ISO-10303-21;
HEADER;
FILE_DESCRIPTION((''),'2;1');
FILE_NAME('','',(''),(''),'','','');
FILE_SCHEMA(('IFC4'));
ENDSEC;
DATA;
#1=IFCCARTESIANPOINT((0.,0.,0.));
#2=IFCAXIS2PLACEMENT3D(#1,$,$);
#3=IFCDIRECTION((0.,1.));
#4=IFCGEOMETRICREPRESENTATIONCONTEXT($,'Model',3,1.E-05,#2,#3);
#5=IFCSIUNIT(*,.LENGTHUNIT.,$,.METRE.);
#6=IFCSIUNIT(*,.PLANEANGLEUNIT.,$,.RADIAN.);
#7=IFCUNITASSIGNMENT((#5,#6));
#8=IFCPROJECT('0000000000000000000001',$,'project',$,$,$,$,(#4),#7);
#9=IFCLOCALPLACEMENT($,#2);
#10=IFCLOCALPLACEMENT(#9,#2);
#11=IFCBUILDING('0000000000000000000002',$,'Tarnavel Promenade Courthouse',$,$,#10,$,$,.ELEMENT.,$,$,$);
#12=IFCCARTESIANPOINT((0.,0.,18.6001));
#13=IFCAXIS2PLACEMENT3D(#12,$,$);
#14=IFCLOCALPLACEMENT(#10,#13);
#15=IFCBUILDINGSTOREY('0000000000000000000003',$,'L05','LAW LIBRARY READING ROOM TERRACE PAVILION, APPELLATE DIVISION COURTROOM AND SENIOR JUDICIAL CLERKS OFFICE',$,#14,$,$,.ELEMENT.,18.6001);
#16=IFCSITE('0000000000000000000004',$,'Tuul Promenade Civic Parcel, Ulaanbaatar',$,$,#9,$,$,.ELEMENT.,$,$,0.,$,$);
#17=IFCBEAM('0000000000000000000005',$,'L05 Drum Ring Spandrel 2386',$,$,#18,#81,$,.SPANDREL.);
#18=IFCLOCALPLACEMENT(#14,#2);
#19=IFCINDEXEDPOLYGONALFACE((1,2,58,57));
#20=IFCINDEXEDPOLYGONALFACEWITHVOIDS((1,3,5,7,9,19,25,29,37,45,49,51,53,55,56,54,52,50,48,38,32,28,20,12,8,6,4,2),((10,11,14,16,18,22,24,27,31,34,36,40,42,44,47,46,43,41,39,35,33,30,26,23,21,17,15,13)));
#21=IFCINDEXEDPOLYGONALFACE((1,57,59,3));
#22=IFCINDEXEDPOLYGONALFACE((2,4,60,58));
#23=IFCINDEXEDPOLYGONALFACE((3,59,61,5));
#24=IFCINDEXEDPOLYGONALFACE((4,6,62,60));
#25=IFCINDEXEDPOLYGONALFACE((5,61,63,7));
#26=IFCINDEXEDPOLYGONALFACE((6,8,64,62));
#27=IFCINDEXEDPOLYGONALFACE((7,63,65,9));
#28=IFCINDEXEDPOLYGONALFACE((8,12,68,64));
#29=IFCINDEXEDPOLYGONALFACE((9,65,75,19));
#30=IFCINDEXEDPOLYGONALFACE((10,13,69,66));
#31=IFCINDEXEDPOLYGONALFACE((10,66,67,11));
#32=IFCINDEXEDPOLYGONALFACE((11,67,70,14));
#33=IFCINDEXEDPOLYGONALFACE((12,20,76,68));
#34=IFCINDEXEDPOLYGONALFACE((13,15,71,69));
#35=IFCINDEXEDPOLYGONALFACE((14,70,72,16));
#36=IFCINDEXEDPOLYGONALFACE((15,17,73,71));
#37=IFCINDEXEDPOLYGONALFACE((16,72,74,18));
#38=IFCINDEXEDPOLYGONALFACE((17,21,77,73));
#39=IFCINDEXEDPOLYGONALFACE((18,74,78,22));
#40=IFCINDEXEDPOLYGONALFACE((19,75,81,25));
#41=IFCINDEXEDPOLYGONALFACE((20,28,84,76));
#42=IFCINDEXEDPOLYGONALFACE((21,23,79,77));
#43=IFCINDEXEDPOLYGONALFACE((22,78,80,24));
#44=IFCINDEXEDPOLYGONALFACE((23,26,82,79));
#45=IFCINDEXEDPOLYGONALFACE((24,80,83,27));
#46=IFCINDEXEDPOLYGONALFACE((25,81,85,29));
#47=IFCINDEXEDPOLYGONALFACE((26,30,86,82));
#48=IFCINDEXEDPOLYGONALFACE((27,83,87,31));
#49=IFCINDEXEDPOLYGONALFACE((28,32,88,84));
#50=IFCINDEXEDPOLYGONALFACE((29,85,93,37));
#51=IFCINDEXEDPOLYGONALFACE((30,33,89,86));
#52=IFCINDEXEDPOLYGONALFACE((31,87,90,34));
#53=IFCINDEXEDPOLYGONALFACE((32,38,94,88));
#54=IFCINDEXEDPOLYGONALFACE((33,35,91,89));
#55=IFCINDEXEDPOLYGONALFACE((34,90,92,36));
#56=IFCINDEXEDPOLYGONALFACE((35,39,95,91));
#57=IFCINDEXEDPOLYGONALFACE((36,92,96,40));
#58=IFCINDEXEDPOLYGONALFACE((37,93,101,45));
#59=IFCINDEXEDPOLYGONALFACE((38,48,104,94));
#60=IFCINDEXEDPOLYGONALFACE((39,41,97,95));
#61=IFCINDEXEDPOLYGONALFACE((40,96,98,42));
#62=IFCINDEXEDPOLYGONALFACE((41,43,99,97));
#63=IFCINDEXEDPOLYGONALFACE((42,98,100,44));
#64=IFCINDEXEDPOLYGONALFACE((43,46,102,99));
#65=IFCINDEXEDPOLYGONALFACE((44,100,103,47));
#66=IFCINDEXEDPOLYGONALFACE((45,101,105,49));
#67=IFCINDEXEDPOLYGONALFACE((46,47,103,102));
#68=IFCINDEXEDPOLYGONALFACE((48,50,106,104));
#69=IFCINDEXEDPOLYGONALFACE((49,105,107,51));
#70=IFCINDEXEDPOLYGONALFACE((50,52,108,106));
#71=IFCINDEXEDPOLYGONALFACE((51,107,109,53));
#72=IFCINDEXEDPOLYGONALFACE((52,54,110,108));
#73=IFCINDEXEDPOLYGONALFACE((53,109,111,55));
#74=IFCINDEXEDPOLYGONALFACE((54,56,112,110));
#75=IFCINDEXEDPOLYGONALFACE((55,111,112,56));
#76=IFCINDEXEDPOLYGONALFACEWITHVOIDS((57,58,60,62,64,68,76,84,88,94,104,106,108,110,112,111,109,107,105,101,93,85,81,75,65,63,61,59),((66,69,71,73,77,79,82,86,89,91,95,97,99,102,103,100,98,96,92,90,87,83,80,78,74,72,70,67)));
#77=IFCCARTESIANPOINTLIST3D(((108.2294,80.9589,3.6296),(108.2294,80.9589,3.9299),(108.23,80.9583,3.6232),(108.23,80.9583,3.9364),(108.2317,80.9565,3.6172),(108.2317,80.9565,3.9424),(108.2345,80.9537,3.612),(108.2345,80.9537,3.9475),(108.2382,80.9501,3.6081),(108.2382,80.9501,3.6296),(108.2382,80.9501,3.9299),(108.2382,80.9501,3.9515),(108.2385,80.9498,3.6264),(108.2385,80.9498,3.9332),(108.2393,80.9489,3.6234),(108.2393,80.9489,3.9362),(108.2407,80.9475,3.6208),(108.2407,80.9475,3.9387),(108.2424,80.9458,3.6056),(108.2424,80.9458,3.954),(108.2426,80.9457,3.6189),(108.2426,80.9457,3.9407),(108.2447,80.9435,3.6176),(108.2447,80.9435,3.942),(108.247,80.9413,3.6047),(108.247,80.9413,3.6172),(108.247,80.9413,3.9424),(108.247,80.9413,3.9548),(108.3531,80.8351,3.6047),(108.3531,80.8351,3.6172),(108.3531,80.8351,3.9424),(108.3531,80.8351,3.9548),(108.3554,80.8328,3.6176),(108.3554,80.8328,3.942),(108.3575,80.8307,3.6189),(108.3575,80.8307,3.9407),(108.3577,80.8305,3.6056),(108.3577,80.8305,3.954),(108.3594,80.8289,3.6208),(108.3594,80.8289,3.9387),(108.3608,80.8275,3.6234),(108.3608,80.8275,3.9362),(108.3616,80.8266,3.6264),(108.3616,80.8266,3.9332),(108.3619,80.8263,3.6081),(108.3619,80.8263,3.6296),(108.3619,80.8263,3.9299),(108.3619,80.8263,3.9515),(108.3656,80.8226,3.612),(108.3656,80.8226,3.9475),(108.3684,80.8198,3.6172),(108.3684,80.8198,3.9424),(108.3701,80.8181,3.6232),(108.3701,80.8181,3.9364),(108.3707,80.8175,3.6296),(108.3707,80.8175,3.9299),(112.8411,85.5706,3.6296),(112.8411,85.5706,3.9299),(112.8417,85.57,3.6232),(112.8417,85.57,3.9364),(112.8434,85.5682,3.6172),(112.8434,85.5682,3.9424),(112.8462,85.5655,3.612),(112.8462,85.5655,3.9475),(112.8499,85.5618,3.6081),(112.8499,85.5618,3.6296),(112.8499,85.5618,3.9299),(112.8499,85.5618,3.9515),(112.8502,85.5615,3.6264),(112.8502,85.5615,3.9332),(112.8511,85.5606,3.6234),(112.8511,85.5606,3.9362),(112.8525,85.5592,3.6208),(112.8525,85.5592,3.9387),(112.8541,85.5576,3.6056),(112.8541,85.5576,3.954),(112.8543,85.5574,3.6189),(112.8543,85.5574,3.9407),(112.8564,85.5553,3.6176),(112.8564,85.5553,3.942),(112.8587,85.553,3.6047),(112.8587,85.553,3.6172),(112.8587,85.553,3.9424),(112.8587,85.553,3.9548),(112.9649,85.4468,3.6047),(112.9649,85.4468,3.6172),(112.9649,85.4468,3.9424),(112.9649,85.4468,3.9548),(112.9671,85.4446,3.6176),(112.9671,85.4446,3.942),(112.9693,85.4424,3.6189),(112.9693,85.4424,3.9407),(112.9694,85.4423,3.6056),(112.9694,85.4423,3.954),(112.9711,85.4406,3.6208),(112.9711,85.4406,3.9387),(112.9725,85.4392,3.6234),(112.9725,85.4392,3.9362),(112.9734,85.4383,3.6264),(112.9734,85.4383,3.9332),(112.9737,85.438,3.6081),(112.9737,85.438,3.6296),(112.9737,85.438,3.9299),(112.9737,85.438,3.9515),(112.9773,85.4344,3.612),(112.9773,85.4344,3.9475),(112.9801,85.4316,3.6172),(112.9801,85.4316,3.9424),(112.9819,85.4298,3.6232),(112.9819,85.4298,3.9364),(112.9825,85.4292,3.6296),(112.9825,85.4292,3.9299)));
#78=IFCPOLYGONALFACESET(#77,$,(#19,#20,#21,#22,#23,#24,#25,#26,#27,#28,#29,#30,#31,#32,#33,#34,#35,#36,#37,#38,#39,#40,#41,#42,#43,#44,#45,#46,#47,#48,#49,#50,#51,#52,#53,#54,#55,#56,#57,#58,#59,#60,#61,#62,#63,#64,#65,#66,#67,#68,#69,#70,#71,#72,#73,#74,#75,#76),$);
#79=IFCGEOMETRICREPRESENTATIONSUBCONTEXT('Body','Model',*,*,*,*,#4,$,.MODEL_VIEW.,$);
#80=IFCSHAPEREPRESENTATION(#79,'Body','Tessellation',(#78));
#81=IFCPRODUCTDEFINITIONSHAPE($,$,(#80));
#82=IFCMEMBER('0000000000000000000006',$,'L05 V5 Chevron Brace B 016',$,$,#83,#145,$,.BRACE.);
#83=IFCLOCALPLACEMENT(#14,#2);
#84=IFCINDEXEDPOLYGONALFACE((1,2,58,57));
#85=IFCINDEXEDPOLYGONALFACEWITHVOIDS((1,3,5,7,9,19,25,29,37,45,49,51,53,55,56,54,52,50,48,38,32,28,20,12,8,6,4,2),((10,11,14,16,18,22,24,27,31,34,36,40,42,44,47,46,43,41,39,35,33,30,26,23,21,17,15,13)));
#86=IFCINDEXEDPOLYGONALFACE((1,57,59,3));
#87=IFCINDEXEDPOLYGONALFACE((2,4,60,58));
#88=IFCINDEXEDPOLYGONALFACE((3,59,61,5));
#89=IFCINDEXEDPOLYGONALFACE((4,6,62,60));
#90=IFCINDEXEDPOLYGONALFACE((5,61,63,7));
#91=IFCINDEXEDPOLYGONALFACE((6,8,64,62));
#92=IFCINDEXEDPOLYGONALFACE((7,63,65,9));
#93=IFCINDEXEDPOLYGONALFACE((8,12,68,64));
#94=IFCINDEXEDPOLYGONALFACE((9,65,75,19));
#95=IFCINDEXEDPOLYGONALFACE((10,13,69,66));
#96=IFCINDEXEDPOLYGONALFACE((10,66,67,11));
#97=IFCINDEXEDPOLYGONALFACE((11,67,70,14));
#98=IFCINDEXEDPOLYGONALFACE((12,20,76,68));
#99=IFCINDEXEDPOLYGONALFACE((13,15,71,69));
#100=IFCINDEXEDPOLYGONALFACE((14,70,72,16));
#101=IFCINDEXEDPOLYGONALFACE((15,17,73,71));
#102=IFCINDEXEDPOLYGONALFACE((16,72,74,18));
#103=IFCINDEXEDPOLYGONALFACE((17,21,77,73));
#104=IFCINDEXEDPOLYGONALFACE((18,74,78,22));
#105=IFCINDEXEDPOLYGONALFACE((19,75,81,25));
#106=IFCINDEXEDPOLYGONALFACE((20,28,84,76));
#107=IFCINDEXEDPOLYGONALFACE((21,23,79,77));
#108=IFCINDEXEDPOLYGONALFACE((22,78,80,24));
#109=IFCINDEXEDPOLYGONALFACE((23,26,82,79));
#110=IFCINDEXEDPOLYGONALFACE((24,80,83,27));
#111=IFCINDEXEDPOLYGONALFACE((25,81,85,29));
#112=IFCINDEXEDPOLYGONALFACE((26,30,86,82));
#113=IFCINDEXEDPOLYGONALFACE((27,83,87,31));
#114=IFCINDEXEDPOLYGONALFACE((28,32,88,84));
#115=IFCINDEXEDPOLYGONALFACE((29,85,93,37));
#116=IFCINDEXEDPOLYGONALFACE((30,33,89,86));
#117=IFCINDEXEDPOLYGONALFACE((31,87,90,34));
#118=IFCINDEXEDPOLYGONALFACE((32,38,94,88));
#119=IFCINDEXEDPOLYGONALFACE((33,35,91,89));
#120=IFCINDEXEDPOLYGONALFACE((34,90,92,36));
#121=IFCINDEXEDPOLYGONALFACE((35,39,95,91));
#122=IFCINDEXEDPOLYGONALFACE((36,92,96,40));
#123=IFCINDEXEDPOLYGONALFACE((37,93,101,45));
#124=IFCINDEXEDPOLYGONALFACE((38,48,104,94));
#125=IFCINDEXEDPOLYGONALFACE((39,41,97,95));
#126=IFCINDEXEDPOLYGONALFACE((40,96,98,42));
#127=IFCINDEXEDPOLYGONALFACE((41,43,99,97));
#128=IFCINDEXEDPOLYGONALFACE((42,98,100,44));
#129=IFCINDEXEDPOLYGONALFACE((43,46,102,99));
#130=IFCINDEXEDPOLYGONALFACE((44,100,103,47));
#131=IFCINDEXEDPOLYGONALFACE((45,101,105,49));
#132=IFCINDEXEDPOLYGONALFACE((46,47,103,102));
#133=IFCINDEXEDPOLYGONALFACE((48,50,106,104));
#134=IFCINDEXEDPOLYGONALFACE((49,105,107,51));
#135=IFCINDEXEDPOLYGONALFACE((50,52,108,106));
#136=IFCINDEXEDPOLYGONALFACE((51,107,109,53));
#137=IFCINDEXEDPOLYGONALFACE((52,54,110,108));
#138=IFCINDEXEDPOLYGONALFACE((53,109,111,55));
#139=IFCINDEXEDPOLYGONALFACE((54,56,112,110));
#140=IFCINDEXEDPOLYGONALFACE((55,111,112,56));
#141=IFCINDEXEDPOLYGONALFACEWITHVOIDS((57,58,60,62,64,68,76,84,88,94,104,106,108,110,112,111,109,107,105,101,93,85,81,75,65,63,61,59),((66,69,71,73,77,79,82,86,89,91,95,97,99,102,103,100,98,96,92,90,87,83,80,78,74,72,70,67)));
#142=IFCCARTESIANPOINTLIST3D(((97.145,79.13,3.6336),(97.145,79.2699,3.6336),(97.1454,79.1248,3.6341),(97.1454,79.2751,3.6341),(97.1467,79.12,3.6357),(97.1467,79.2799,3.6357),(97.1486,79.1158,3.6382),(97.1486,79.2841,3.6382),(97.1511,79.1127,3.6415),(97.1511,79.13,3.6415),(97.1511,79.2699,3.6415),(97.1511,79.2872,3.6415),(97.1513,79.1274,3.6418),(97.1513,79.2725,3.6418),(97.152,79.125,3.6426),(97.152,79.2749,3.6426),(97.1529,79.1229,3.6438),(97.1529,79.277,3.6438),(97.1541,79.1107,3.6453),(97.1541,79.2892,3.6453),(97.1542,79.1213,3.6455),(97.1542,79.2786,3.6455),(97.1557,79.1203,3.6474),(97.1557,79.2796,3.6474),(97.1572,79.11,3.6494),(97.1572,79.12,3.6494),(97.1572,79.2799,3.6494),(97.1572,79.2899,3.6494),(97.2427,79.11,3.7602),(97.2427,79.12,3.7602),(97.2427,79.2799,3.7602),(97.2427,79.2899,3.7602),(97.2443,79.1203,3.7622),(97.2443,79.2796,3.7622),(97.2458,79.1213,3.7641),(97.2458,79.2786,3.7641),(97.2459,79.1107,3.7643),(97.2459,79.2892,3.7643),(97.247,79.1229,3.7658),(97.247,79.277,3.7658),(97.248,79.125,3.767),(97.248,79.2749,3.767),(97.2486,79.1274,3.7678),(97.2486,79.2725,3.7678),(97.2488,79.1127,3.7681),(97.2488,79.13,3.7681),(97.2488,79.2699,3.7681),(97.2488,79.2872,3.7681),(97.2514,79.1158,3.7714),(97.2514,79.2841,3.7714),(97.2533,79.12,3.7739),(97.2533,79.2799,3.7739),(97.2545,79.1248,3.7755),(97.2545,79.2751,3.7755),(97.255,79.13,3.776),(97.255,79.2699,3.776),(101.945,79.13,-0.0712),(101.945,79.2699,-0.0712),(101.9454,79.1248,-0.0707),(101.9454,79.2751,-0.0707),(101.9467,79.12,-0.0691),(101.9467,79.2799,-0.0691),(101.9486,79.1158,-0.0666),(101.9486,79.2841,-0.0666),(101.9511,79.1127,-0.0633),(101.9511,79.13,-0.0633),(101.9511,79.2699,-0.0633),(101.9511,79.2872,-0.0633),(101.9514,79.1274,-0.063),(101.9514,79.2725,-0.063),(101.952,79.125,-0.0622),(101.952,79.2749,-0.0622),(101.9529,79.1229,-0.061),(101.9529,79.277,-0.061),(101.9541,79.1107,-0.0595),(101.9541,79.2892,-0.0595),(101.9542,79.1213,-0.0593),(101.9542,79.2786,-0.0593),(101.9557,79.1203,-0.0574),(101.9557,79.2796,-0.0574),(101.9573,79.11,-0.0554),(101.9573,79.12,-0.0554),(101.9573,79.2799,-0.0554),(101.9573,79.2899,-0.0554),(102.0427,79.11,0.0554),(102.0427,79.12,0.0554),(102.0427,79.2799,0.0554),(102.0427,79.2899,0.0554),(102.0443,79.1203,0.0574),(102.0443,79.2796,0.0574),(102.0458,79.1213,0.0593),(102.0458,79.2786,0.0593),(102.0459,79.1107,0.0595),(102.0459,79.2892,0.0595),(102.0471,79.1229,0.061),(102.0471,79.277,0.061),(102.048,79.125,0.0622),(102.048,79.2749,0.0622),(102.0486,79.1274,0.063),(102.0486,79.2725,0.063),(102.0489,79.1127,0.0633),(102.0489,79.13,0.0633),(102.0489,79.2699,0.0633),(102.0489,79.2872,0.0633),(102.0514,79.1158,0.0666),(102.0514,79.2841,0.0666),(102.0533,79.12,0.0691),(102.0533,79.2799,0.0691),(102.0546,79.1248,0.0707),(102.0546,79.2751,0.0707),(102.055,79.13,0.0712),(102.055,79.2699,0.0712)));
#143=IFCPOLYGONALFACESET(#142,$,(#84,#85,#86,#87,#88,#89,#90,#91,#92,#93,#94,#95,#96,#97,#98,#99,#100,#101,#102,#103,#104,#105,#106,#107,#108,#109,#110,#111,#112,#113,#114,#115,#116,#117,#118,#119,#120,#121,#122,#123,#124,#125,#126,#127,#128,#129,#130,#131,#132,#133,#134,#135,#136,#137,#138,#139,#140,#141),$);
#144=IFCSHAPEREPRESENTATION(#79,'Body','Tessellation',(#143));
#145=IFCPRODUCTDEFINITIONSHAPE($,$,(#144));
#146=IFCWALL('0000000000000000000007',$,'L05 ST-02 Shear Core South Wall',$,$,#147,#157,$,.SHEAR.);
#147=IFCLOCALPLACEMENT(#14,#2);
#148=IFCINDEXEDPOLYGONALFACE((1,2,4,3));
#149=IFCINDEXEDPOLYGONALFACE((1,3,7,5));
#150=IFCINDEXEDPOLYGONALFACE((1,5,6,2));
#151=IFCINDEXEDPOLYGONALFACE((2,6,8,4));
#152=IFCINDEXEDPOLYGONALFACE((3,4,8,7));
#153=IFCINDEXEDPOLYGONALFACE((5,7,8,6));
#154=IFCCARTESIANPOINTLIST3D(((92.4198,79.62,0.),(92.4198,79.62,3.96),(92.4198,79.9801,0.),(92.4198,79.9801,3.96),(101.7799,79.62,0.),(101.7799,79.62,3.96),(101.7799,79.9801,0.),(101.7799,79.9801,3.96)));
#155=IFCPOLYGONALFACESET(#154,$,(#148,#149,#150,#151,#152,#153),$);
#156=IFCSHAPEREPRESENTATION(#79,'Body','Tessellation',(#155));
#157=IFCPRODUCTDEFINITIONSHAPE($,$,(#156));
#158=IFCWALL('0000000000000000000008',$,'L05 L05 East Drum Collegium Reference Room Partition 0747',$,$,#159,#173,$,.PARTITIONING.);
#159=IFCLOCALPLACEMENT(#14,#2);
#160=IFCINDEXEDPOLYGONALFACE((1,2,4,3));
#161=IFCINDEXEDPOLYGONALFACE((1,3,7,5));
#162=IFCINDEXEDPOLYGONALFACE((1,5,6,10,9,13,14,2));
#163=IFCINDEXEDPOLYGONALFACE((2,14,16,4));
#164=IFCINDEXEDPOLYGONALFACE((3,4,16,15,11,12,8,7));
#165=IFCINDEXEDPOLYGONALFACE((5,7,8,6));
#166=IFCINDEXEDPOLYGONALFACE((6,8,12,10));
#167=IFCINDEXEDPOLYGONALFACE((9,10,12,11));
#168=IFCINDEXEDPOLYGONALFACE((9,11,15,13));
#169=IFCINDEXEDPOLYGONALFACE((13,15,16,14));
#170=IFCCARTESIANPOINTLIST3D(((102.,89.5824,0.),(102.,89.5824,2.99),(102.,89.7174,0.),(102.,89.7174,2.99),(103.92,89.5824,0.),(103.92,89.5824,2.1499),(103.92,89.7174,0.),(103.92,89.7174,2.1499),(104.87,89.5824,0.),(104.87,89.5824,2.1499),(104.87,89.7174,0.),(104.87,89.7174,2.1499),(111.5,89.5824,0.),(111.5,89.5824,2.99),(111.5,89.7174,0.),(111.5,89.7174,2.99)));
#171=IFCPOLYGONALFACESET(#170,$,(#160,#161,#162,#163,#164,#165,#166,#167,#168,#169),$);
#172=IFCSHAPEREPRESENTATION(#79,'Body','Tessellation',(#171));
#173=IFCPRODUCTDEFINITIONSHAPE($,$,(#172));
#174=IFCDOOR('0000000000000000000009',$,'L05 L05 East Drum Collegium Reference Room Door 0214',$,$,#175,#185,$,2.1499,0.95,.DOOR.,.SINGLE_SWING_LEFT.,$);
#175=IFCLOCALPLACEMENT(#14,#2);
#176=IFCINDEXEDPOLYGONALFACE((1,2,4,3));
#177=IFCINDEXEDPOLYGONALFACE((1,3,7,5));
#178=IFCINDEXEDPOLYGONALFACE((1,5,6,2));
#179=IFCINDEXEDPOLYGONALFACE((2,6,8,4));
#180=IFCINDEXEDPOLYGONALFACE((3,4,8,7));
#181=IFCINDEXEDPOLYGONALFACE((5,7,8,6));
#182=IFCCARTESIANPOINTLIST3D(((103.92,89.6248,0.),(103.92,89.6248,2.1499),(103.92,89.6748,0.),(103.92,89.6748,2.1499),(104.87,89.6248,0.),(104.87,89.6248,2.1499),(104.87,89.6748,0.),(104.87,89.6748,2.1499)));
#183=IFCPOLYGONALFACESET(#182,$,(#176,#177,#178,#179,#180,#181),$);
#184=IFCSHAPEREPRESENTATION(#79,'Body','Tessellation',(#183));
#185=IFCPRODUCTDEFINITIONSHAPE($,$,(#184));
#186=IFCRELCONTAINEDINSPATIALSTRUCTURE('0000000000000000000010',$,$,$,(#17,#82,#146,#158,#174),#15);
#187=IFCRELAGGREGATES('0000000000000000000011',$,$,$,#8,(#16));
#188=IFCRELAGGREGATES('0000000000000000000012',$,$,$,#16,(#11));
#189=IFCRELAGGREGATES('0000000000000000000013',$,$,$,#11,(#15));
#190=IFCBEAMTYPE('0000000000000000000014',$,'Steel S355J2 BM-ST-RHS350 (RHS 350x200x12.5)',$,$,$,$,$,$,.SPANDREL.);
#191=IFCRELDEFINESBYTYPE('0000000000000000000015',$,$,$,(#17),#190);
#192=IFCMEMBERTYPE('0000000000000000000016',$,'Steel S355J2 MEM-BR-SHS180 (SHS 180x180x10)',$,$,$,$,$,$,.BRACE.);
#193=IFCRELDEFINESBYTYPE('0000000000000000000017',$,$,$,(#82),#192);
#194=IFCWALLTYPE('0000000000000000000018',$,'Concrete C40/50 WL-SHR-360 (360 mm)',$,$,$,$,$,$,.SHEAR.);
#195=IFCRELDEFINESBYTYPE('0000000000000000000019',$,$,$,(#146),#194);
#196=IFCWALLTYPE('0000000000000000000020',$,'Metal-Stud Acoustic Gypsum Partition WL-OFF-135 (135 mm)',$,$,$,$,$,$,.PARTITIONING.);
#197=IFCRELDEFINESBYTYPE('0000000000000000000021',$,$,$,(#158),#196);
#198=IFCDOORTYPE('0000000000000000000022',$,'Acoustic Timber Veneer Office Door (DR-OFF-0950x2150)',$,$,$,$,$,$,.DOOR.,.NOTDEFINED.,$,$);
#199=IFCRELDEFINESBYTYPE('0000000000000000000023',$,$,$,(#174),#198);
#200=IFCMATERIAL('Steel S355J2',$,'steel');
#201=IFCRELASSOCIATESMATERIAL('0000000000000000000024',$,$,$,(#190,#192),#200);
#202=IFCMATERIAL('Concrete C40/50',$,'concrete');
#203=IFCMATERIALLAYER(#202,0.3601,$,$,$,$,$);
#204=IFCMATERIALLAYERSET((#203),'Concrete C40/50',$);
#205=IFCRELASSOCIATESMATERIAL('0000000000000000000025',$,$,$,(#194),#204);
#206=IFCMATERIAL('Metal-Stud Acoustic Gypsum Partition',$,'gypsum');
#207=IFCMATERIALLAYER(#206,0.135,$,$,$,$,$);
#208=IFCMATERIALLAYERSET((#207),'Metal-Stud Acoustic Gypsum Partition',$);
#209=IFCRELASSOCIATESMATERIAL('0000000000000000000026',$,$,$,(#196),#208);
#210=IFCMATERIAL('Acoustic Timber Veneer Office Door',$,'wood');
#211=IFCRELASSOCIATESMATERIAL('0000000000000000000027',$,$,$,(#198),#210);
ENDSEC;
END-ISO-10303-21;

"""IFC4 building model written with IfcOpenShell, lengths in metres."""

from ifc_helpers import new_model, si_unit, direction, frame, frame_2d, origin, origin_2d, place, context, subcontext, project, spatial, rectangle, hollow_rectangle, extrude, material, layer, layer_set, material_profile, profile_set, type_object, element, fill, save


model = new_model("IFC4")

# Units and contexts
model_context = context("Model", 3, precision=1e-05, world=origin(), true_north=direction((0.0, 1.0)))
body_context = subcontext(model_context, "Body", "Model", "MODEL_VIEW")
ifc_project = project(units=[si_unit("LENGTHUNIT", "METRE"), si_unit("PLANEANGLEUNIT", "RADIAN")], contexts=[model_context])

# Site, building, storey
site_placement = place(None, origin())
site = spatial("IfcSite", under=ifc_project, at=site_placement, Name="Tuul Promenade Civic Parcel, Ulaanbaatar", CompositionType="ELEMENT", RefElevation=0.0)
building_placement = place(site_placement, origin())
building = spatial("IfcBuilding", under=site, at=building_placement, Name="Tarnavel Promenade Courthouse", CompositionType="ELEMENT")
storey_placement = place(building_placement, frame((0.0, 0.0, 18.6001)))
storey = spatial("IfcBuildingStorey", under=building, at=storey_placement, Name="L05", Description="LAW LIBRARY READING ROOM TERRACE PAVILION, APPELLATE DIVISION COURTROOM AND SENIOR JUDICIAL CLERKS OFFICE", CompositionType="ELEMENT", Elevation=18.6001)

# Shared definitions
ifc_material_1 = material(Name="Concrete C40/50", Category="concrete")

# Beam
ifc_material_2 = material(Name="Steel S355J2", Category="steel")
ifc_material_profile_1 = material_profile(ifc_material_2, hollow_rectangle(XDim=0.2, YDim=0.3501, WallThickness=0.0125, InnerFilletRadius=0.0125, OuterFilletRadius=0.0249, at=origin_2d()), Name="RHS 350x200x12.5")
ifc_profile_set_1 = profile_set([ifc_material_profile_1], Name="Steel S355J2")
beam_type_1 = type_object("IfcBeamType", Name="Steel S355J2 BM-ST-RHS350 (RHS 350x200x12.5)", PredefinedType="SPANDREL", material=ifc_profile_set_1)
beam_1_placement = place(storey_placement, frame((108.3, 80.8882, 3.7798), z_axis=(0.707107, 0.707107, 0.0), x_axis=(-0.707107, 0.707107, 0.0)))
element("IfcBeam", 1, at=beam_1_placement, inside=storey, type_object=beam_type_1, Name="L05 Drum Ring Spandrel 2386", PredefinedType="SPANDREL", context=body_context, shape_type="SweptSolid", body=[
    extrude(hollow_rectangle(XDim=0.2, YDim=0.3501, WallThickness=0.0125, InnerFilletRadius=0.0125, OuterFilletRadius=0.0249, at=origin_2d()), origin(), (0.0, 0.0, 1.0), 6.522),
])

# Member
ifc_material_profile_2 = material_profile(ifc_material_2, hollow_rectangle(XDim=0.1799, YDim=0.1799, WallThickness=0.01, InnerFilletRadius=0.01, OuterFilletRadius=0.02, at=origin_2d()), Name="SHS 180x180x10")
ifc_profile_set_2 = profile_set([ifc_material_profile_2], Name="Steel S355J2")
member_type = type_object("IfcMemberType", Name="Steel S355J2 MEM-BR-SHS180 (SHS 180x180x10)", PredefinedType="BRACE", material=ifc_profile_set_2)
member_placement = place(storey_placement, frame((102.0, 79.2, 0.0), z_axis=(-0.791628, 0.0, 0.611004), x_axis=(0.0, -1.0, 0.0)))
element("IfcMember", 2, at=member_placement, inside=storey, type_object=member_type, Name="L05 V5 Chevron Brace B 016", PredefinedType="BRACE", context=body_context, shape_type="SweptSolid", body=[
    extrude(hollow_rectangle(XDim=0.1799, YDim=0.1799, WallThickness=0.01, InnerFilletRadius=0.01, OuterFilletRadius=0.02, at=origin_2d()), origin(), (0.0, 0.0, 1.0), 6.0635),
])

# Wall
ifc_layer_1 = layer(ifc_material_1, 0.3601)
ifc_layer_set_1 = layer_set([ifc_layer_1], Name="Concrete C40/50")
wall_type_1 = type_object("IfcWallType", Name="Concrete C40/50 WL-SHR-360 (360 mm)", PredefinedType="SHEAR", material=ifc_layer_set_1)
wall_1_placement = place(storey_placement, frame((101.78, 79.8, 0.0), z_axis=(0.0, 0.0, 1.0), x_axis=(-1.0, 0.0, 0.0)))
element("IfcWall", 3, at=wall_1_placement, inside=storey, type_object=wall_type_1, Name="L05 ST-02 Shear Core South Wall", PredefinedType="SHEAR", context=body_context, shape_type="SweptSolid", body=[
    extrude(rectangle(XDim=9.3601, YDim=0.3601, at=frame_2d((4.6802, 0.0))), origin(), (0.0, 0.0, 1.0), 3.96),
])

# Wall, opening, door
ifc_material_3 = material(Name="Metal-Stud Acoustic Gypsum Partition", Category="gypsum")
ifc_layer_2 = layer(ifc_material_3, 0.135)
ifc_layer_set_2 = layer_set([ifc_layer_2], Name="Metal-Stud Acoustic Gypsum Partition")
wall_type_2 = type_object("IfcWallType", Name="Metal-Stud Acoustic Gypsum Partition WL-OFF-135 (135 mm)", PredefinedType="PARTITIONING", material=ifc_layer_set_2)
wall_2_placement = place(storey_placement, frame((102.0, 89.6499, 0.0), z_axis=(0.0, 0.0, 1.0), x_axis=(1.0, 0.0, 0.0)))
wall_2 = element("IfcWall", 4, at=wall_2_placement, inside=storey, type_object=wall_type_2, Name="L05 L05 East Drum Collegium Reference Room Partition 0747", PredefinedType="PARTITIONING", context=body_context, shape_type="SweptSolid", body=[
    extrude(rectangle(XDim=9.5, YDim=0.135, at=frame_2d((4.75, 0.0))), origin(), (0.0, 0.0, 1.0), 2.99),
])
opening_1_placement = place(wall_2_placement, frame((1.9199, 0.0, 0.0)))
opening_1 = element("IfcOpeningElement", 5, at=opening_1_placement, cuts=wall_2, PredefinedType="OPENING", context=body_context, shape_type="SweptSolid", body=[
    extrude(rectangle(XDim=0.95, YDim=2.1499, at=frame_2d((0.4751, 1.075))), frame((0.0, 0.0774, 0.0), z_axis=(0.0, -1.0, 0.0), x_axis=(1.0, 0.0, 0.0)), (0.0, 0.0, 1.0), 0.155),
])
ifc_material_4 = material(Name="Acoustic Timber Veneer Office Door", Category="wood")
door_type = type_object("IfcDoorType", Name="Acoustic Timber Veneer Office Door (DR-OFF-0950x2150)", OperationType="NOTDEFINED", PredefinedType="DOOR", material=ifc_material_4)
door_placement = place(opening_1_placement, origin())
door = element("IfcDoor", 6, at=door_placement, inside=storey, type_object=door_type, Name="L05 L05 East Drum Collegium Reference Room Door 0214", OperationType="SINGLE_SWING_LEFT", OverallHeight=2.1499, OverallWidth=0.95, PredefinedType="DOOR", context=body_context, shape_type="SweptSolid", body=[
    extrude(rectangle(XDim=0.95, YDim=2.1499, at=frame_2d((0.4751, 1.075))), frame((0.0, 0.0249, 0.0), z_axis=(0.0, -1.0, 0.0), x_axis=(1.0, 0.0, 0.0)), (0.0, 0.0, 1.0), 0.05),
])
fill(opening_1, door)

save(model, "model.ifc")
